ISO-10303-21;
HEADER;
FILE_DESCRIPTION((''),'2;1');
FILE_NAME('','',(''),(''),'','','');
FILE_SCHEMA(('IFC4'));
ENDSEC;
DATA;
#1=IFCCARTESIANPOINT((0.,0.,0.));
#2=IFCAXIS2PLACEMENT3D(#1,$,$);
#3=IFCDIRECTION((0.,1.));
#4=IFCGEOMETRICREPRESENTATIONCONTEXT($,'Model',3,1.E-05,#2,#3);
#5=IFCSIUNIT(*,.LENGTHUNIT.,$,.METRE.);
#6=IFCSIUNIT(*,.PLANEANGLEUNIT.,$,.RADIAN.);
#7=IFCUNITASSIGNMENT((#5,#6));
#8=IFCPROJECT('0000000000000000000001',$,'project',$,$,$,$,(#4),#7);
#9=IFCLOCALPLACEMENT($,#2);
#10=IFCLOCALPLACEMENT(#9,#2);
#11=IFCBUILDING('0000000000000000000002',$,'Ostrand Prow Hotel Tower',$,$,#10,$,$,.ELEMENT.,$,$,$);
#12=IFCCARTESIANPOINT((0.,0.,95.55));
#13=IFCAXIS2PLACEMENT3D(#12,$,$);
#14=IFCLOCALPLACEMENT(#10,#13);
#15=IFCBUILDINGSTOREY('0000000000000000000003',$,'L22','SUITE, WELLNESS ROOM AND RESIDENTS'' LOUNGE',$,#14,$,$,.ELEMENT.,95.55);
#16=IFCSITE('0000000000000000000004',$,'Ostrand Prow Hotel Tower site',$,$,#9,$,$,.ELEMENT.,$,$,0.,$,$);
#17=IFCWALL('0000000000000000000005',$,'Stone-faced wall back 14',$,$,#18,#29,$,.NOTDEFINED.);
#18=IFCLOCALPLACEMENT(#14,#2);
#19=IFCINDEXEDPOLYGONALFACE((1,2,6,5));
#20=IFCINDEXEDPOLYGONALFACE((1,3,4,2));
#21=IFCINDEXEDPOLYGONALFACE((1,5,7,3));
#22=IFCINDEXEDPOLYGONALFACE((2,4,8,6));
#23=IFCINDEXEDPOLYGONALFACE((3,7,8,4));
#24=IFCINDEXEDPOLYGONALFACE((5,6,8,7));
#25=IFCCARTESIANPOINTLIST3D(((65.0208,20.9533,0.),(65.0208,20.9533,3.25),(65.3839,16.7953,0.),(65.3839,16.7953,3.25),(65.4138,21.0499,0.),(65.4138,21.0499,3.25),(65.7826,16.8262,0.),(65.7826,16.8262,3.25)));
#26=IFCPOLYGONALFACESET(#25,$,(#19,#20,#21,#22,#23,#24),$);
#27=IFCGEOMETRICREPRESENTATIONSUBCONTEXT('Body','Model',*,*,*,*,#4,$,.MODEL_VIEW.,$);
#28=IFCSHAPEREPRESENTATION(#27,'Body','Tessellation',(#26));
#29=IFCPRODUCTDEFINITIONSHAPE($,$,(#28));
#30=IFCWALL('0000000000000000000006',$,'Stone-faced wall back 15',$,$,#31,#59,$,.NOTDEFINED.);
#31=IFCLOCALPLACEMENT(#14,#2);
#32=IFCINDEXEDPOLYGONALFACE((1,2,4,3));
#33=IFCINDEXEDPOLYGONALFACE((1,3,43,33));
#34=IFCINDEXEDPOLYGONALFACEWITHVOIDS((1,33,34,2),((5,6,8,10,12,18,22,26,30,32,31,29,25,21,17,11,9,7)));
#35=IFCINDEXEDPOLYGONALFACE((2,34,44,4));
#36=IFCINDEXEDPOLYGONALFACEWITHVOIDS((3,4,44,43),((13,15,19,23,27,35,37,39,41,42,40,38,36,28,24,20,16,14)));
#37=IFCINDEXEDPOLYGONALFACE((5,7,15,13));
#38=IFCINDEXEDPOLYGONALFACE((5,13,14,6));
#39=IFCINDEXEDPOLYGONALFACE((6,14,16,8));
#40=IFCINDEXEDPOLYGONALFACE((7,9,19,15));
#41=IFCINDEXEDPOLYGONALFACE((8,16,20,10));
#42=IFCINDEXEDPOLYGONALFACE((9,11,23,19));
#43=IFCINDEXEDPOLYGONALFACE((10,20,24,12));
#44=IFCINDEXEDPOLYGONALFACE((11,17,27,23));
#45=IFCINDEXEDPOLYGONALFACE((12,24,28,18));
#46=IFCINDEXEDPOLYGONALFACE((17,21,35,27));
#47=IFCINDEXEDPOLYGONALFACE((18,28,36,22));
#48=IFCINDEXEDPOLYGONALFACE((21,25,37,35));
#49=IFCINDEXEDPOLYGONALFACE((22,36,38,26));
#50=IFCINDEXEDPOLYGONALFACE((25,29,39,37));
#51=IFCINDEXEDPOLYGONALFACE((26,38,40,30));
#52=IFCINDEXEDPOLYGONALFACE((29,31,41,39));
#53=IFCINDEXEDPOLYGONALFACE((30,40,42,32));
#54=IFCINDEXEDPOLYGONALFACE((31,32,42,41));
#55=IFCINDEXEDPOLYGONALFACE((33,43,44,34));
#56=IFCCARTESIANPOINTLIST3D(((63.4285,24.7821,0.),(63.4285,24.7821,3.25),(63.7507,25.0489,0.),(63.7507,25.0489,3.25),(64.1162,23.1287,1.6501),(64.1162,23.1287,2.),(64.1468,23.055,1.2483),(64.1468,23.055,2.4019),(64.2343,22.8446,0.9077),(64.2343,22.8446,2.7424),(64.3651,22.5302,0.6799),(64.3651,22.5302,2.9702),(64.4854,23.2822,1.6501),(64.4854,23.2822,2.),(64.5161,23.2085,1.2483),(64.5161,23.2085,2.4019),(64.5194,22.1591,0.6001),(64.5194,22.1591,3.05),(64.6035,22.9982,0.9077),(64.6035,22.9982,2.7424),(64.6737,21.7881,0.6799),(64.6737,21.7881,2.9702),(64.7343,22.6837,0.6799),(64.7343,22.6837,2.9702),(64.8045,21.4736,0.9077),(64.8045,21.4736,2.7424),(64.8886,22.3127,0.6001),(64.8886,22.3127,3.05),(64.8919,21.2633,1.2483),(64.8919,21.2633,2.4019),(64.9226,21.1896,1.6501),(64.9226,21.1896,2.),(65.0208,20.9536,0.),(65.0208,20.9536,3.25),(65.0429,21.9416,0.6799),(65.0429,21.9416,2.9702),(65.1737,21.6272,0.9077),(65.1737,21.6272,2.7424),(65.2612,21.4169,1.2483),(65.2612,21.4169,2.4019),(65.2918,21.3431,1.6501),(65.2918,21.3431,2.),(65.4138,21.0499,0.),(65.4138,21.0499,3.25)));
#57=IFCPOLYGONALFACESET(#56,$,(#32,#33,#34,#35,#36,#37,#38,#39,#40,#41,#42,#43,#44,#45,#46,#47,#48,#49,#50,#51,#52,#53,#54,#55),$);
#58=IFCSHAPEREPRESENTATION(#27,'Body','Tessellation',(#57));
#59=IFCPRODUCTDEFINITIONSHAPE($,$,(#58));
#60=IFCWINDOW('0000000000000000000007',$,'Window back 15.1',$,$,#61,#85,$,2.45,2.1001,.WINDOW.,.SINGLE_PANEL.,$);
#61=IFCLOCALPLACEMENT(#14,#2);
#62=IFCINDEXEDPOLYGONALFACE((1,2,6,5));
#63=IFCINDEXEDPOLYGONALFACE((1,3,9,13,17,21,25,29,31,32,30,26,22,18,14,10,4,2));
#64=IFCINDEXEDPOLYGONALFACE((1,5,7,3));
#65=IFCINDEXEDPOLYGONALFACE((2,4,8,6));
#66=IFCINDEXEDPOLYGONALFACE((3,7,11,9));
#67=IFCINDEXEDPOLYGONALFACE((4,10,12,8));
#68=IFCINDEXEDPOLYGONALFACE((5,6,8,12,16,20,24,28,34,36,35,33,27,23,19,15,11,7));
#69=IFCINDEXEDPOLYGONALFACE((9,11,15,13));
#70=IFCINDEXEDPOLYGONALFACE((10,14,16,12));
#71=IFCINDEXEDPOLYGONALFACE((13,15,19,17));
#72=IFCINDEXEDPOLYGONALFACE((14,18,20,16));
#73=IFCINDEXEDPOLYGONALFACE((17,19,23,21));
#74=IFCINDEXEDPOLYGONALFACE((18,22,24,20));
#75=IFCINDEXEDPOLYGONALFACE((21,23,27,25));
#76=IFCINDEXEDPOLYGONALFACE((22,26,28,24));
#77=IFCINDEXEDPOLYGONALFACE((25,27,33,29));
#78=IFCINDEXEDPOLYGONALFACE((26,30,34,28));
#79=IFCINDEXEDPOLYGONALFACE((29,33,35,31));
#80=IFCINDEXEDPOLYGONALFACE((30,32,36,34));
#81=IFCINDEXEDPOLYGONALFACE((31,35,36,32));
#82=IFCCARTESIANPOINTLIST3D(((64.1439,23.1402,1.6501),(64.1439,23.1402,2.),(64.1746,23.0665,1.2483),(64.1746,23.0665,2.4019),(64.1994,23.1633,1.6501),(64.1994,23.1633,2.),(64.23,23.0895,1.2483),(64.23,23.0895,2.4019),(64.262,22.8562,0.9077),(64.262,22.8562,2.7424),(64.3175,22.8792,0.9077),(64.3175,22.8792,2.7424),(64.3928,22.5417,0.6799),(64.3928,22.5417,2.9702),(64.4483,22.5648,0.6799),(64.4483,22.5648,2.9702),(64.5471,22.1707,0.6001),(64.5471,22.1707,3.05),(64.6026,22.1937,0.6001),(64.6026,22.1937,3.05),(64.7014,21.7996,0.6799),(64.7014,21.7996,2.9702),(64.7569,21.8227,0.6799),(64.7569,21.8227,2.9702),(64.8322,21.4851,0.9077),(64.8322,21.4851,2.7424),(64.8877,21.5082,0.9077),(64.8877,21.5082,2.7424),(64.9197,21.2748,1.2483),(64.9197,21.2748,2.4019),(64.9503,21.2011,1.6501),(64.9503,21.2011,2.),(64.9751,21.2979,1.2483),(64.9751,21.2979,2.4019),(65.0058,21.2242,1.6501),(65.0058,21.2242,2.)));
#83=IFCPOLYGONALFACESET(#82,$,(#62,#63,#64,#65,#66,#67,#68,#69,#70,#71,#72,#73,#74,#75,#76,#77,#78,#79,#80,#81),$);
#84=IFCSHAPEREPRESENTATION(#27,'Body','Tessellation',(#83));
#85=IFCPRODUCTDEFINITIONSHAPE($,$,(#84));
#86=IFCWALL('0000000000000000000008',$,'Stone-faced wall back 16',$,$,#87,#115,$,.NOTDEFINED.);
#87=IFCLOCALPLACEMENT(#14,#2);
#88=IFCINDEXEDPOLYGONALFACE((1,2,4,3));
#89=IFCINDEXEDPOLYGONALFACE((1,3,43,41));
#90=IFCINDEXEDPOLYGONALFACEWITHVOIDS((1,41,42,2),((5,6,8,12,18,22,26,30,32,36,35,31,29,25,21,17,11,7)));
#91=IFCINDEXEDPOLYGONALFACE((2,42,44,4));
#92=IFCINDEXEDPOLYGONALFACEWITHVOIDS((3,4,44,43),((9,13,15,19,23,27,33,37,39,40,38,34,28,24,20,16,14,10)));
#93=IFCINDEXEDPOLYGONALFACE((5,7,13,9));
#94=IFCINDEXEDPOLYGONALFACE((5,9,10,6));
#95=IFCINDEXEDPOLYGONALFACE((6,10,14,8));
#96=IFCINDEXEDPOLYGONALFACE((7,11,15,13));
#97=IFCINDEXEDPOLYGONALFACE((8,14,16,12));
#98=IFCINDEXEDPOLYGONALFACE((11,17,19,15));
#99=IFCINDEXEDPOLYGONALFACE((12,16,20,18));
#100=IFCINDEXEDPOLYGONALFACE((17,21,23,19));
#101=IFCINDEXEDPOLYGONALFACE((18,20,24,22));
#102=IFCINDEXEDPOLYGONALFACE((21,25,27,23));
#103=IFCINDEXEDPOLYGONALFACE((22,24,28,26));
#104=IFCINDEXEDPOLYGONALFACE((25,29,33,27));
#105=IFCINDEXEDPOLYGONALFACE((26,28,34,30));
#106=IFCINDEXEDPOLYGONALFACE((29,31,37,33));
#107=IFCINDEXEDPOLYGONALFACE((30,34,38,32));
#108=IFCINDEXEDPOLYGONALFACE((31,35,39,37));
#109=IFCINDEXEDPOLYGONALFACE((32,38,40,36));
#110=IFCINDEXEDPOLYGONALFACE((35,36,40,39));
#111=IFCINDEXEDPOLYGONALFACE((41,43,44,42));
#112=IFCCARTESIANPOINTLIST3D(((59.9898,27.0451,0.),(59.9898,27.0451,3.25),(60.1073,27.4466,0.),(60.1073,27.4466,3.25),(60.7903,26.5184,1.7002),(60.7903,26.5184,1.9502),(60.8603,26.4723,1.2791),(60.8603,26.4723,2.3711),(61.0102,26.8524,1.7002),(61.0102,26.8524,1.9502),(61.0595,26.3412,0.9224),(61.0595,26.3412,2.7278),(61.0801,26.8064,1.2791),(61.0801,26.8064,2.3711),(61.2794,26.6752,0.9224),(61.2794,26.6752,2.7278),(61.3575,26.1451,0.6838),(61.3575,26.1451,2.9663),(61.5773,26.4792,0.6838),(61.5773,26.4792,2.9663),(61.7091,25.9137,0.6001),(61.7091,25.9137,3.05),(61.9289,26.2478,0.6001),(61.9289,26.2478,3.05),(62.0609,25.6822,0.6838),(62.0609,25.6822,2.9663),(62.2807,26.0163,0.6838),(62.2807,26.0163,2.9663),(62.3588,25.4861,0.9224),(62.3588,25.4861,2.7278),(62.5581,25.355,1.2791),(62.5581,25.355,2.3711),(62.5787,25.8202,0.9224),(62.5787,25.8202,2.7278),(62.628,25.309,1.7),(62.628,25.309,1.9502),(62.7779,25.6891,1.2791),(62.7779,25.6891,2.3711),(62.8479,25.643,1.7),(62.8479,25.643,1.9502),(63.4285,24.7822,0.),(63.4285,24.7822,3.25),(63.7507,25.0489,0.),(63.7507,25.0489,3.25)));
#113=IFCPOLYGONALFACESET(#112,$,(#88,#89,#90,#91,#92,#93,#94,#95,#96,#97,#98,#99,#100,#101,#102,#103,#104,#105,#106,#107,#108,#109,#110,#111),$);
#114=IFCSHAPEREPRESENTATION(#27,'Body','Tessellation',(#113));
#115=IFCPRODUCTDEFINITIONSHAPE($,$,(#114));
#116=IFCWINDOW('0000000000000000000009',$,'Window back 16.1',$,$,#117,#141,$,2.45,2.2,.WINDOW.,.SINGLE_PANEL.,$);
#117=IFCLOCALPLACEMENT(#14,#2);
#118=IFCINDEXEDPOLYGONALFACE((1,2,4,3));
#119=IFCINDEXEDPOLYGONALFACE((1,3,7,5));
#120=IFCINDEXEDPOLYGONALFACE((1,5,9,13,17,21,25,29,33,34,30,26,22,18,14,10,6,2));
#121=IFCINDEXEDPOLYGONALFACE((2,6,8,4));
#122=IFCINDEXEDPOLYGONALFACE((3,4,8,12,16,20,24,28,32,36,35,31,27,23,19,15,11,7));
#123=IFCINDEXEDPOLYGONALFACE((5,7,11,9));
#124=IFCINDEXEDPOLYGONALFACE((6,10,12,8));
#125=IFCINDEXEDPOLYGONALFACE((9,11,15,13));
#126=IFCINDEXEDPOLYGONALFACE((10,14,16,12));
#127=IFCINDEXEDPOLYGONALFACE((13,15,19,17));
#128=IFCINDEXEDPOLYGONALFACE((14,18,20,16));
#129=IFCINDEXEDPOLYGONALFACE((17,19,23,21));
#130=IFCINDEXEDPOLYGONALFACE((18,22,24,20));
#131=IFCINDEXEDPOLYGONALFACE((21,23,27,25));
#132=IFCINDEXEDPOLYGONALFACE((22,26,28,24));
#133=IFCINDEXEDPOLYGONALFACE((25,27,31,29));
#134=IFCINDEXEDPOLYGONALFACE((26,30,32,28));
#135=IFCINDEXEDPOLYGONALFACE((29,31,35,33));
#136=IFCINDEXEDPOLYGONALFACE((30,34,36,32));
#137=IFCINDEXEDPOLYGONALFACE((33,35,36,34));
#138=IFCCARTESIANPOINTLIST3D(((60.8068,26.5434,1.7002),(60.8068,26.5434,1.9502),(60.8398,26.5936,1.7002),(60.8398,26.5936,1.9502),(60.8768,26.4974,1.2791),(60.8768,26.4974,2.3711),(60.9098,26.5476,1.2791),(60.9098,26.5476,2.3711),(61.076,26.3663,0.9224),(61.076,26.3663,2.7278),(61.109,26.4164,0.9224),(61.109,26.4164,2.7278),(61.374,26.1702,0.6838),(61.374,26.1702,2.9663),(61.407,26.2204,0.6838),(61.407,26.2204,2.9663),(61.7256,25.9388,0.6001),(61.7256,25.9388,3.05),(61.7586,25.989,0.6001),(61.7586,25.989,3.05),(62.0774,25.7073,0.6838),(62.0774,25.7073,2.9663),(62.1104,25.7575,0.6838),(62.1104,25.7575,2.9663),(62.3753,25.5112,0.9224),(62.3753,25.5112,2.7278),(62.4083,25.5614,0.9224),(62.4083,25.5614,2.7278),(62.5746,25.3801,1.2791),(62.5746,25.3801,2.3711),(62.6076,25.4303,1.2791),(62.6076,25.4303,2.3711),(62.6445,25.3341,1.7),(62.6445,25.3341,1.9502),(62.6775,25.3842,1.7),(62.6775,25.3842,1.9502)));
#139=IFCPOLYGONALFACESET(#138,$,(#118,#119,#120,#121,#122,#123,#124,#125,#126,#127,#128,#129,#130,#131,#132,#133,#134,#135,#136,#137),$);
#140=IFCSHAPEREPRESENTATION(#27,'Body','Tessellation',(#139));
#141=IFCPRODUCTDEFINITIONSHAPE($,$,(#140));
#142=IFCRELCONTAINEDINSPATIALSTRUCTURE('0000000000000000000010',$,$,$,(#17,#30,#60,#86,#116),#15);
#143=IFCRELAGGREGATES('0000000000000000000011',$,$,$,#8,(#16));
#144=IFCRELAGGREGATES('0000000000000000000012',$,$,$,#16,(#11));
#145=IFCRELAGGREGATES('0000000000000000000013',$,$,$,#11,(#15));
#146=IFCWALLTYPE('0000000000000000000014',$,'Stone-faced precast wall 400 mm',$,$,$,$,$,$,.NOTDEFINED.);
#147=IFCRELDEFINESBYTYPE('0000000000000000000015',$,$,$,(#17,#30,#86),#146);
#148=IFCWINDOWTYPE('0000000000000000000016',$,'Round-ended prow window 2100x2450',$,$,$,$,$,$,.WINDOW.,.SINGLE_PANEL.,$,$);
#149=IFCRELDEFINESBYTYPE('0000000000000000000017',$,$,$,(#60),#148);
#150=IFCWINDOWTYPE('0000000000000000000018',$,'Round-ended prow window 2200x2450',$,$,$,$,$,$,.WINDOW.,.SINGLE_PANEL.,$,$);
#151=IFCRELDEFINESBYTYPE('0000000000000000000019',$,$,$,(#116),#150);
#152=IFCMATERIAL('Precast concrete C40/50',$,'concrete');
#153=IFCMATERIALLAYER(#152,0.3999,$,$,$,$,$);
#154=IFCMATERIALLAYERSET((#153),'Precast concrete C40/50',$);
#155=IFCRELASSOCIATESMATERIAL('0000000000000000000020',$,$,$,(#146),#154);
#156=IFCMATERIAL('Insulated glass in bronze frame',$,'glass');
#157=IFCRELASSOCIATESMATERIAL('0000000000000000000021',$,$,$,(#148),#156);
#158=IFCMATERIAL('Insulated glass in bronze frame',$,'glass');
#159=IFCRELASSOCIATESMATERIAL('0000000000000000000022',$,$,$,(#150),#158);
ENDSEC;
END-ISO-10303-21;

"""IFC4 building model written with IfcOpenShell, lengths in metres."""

from ifc_helpers import new_model, si_unit, direction, frame, origin, place, context, subcontext, project, spatial, polyline, outline, extrude, material, layer, layer_set, type_object, element, fill, save


model = new_model("IFC4")

# Units and contexts
model_context = context("Model", 3, precision=1e-05, world=origin(), true_north=direction((0.0, 1.0)))
body_context = subcontext(model_context, "Body", "Model", "MODEL_VIEW")
ifc_project = project(units=[si_unit("LENGTHUNIT", "METRE"), si_unit("PLANEANGLEUNIT", "RADIAN")], contexts=[model_context])

# Site, building, storey
site_placement = place(None, origin())
site = spatial("IfcSite", under=ifc_project, at=site_placement, Name="Ostrand Prow Hotel Tower site", CompositionType="ELEMENT", RefElevation=0.0)
building_placement = place(site_placement, origin())
building = spatial("IfcBuilding", under=site, at=building_placement, Name="Ostrand Prow Hotel Tower", CompositionType="ELEMENT")
storey_placement = place(building_placement, frame((0.0, 0.0, 95.55)))
storey = spatial("IfcBuildingStorey", under=building, at=storey_placement, Name="L22", Description="SUITE, WELLNESS ROOM AND RESIDENTS' LOUNGE", CompositionType="ELEMENT", Elevation=95.55)

# Wall
ifc_material_1 = material(Name="Precast concrete C40/50", Category="concrete")
ifc_layer_1 = layer(ifc_material_1, 0.3999)
ifc_layer_set_1 = layer_set([ifc_layer_1], Name="Precast concrete C40/50")
wall_type_1 = type_object("IfcWallType", Name="Stone-faced precast wall 400 mm", PredefinedType="NOTDEFINED", material=ifc_layer_set_1)
wall_1_placement = place(storey_placement, frame((65.5833, 16.8108, 0.0), z_axis=(0.0, 0.0, 1.0), x_axis=(-0.086993, 0.996209, 0.0)))
element("IfcWall", 1, at=wall_1_placement, inside=storey, type_object=wall_type_1, Name="Stone-faced wall back 14", PredefinedType="NOTDEFINED", context=body_context, shape_type="SweptSolid", body=[
    extrude(outline(polyline([(-0.002, -0.2), (4.2378, -0.2), (4.1758, 0.2), (0.002, 0.2), (-0.002, -0.2)])), origin(), (0.0, 0.0, 1.0), 3.25),
])

# Walls, openings, windows
wall_2_placement = place(storey_placement, frame((65.2173, 21.0017, 0.0), z_axis=(0.0, 0.0, 1.0), x_axis=(-0.383998, 0.923334, 0.0)))
wall_2 = element("IfcWall", 2, at=wall_2_placement, inside=storey, type_object=wall_type_1, Name="Stone-faced wall back 15", PredefinedType="NOTDEFINED", context=body_context, shape_type="SweptSolid", body=[
    extrude(outline(polyline([(-0.031, -0.2), (4.3, -0.2), (4.1775, 0.2), (0.031, 0.2), (-0.031, -0.2)])), origin(), (0.0, 0.0, 1.0), 3.25),
])
opening_1_placement = place(wall_2_placement, frame((0.2866, 0.0, 0.6001)))
opening_1 = element("IfcOpeningElement", 3, at=opening_1_placement, cuts=wall_2, PredefinedType="OPENING", context=body_context, shape_type="SweptSolid", body=[
    extrude(outline(polyline([(0.0, 1.3999), (0.0798, 1.8018), (0.3076, 2.1423), (0.6482, 2.3701), (1.05, 2.45), (1.4519, 2.3701), (1.7925, 2.1423), (2.0203, 1.8018), (2.1001, 1.3999), (2.1001, 1.05), (2.0203, 0.6482), (1.7925, 0.3076), (1.4519, 0.0798), (1.05, 0.0), (0.6482, 0.0798), (0.3076, 0.3076), (0.0798, 0.6482), (0.0, 1.05), (0.0, 1.3999)])), frame((0.0, 0.21, 0.0), z_axis=(0.0, -1.0, 0.0), x_axis=(1.0, 0.0, 0.0)), (0.0, 0.0, 1.0), 0.4199),
])
ifc_material_2 = material(Name="Insulated glass in bronze frame", Category="glass")
window_type_1 = type_object("IfcWindowType", Name="Round-ended prow window 2100x2450", PartitioningType="SINGLE_PANEL", PredefinedType="WINDOW", material=ifc_material_2)
window_1_placement = place(opening_1_placement, origin())
window_1 = element("IfcWindow", 4, at=window_1_placement, inside=storey, type_object=window_type_1, Name="Window back 15.1", OverallHeight=2.45, OverallWidth=2.1001, PartitioningType="SINGLE_PANEL", PredefinedType="WINDOW", context=body_context, shape_type="SweptSolid", body=[
    extrude(outline(polyline([(0.0, 1.3999), (0.0798, 1.8018), (0.3076, 2.1423), (0.6482, 2.3701), (1.05, 2.45), (1.4519, 2.3701), (1.7925, 2.1423), (2.0203, 1.8018), (2.1001, 1.3999), (2.1001, 1.05), (2.0203, 0.6482), (1.7925, 0.3076), (1.4519, 0.0798), (1.05, 0.0), (0.6482, 0.0798), (0.3076, 0.3076), (0.0798, 0.6482), (0.0, 1.05), (0.0, 1.3999)])), frame((0.0, 0.1699, 0.0), z_axis=(0.0, -1.0, 0.0), x_axis=(1.0, 0.0, 0.0)), (0.0, 0.0, 1.0), 0.0601),
])
fill(opening_1, window_1)
wall_3_placement = place(storey_placement, frame((63.5896, 24.9155, 0.0), z_axis=(0.0, 0.0, 1.0), x_axis=(-0.835341, 0.549733, 0.0)))
wall_3 = element("IfcWall", 5, at=wall_3_placement, inside=storey, type_object=wall_type_1, Name="Stone-faced wall back 16", PredefinedType="NOTDEFINED", context=body_context, shape_type="SweptSolid", body=[
    extrude(outline(polyline([(-0.0613, -0.2), (4.3003, -0.2), (4.1777, 0.2), (0.0613, 0.2), (-0.0613, -0.2)])), origin(), (0.0, 0.0, 1.0), 3.25),
])
opening_2_placement = place(wall_3_placement, frame((1.0195, 0.0, 0.6001)))
opening_2 = element("IfcOpeningElement", 6, at=opening_2_placement, cuts=wall_3, PredefinedType="OPENING", context=body_context, shape_type="SweptSolid", body=[
    extrude(outline(polyline([(0.0, 1.3501), (0.0837, 1.771), (0.3223, 2.1277), (0.679, 2.3662), (1.1001, 2.45), (1.521, 2.3662), (1.8777, 2.1277), (2.1162, 1.771), (2.2, 1.3501), (2.2, 1.1001), (2.1162, 0.679), (1.8777, 0.3223), (1.521, 0.0837), (1.1001, 0.0), (0.679, 0.0837), (0.3223, 0.3223), (0.0837, 0.679), (0.0, 1.0999), (0.0, 1.3501)])), frame((0.0, 0.21, 0.0), z_axis=(0.0, -1.0, 0.0), x_axis=(1.0, 0.0, 0.0)), (0.0, 0.0, 1.0), 0.4199),
])
ifc_material_3 = material(Name="Insulated glass in bronze frame", Category="glass")
window_type_2 = type_object("IfcWindowType", Name="Round-ended prow window 2200x2450", PartitioningType="SINGLE_PANEL", PredefinedType="WINDOW", material=ifc_material_3)
window_2_placement = place(opening_2_placement, origin())
window_2 = element("IfcWindow", 7, at=window_2_placement, inside=storey, type_object=window_type_2, Name="Window back 16.1", OverallHeight=2.45, OverallWidth=2.2, PartitioningType="SINGLE_PANEL", PredefinedType="WINDOW", context=body_context, shape_type="SweptSolid", body=[
    extrude(outline(polyline([(0.0, 1.3501), (0.0837, 1.771), (0.3223, 2.1277), (0.679, 2.3662), (1.1001, 2.45), (1.521, 2.3662), (1.8777, 2.1277), (2.1162, 1.771), (2.2, 1.3501), (2.2, 1.1001), (2.1162, 0.679), (1.8777, 0.3223), (1.521, 0.0837), (1.1001, 0.0), (0.679, 0.0837), (0.3223, 0.3223), (0.0837, 0.679), (0.0, 1.0999), (0.0, 1.3501)])), frame((0.0, 0.1699, 0.0), z_axis=(0.0, -1.0, 0.0), x_axis=(1.0, 0.0, 0.0)), (0.0, 0.0, 1.0), 0.0601),
])
fill(opening_2, window_2)

save(model, "model.ifc")
